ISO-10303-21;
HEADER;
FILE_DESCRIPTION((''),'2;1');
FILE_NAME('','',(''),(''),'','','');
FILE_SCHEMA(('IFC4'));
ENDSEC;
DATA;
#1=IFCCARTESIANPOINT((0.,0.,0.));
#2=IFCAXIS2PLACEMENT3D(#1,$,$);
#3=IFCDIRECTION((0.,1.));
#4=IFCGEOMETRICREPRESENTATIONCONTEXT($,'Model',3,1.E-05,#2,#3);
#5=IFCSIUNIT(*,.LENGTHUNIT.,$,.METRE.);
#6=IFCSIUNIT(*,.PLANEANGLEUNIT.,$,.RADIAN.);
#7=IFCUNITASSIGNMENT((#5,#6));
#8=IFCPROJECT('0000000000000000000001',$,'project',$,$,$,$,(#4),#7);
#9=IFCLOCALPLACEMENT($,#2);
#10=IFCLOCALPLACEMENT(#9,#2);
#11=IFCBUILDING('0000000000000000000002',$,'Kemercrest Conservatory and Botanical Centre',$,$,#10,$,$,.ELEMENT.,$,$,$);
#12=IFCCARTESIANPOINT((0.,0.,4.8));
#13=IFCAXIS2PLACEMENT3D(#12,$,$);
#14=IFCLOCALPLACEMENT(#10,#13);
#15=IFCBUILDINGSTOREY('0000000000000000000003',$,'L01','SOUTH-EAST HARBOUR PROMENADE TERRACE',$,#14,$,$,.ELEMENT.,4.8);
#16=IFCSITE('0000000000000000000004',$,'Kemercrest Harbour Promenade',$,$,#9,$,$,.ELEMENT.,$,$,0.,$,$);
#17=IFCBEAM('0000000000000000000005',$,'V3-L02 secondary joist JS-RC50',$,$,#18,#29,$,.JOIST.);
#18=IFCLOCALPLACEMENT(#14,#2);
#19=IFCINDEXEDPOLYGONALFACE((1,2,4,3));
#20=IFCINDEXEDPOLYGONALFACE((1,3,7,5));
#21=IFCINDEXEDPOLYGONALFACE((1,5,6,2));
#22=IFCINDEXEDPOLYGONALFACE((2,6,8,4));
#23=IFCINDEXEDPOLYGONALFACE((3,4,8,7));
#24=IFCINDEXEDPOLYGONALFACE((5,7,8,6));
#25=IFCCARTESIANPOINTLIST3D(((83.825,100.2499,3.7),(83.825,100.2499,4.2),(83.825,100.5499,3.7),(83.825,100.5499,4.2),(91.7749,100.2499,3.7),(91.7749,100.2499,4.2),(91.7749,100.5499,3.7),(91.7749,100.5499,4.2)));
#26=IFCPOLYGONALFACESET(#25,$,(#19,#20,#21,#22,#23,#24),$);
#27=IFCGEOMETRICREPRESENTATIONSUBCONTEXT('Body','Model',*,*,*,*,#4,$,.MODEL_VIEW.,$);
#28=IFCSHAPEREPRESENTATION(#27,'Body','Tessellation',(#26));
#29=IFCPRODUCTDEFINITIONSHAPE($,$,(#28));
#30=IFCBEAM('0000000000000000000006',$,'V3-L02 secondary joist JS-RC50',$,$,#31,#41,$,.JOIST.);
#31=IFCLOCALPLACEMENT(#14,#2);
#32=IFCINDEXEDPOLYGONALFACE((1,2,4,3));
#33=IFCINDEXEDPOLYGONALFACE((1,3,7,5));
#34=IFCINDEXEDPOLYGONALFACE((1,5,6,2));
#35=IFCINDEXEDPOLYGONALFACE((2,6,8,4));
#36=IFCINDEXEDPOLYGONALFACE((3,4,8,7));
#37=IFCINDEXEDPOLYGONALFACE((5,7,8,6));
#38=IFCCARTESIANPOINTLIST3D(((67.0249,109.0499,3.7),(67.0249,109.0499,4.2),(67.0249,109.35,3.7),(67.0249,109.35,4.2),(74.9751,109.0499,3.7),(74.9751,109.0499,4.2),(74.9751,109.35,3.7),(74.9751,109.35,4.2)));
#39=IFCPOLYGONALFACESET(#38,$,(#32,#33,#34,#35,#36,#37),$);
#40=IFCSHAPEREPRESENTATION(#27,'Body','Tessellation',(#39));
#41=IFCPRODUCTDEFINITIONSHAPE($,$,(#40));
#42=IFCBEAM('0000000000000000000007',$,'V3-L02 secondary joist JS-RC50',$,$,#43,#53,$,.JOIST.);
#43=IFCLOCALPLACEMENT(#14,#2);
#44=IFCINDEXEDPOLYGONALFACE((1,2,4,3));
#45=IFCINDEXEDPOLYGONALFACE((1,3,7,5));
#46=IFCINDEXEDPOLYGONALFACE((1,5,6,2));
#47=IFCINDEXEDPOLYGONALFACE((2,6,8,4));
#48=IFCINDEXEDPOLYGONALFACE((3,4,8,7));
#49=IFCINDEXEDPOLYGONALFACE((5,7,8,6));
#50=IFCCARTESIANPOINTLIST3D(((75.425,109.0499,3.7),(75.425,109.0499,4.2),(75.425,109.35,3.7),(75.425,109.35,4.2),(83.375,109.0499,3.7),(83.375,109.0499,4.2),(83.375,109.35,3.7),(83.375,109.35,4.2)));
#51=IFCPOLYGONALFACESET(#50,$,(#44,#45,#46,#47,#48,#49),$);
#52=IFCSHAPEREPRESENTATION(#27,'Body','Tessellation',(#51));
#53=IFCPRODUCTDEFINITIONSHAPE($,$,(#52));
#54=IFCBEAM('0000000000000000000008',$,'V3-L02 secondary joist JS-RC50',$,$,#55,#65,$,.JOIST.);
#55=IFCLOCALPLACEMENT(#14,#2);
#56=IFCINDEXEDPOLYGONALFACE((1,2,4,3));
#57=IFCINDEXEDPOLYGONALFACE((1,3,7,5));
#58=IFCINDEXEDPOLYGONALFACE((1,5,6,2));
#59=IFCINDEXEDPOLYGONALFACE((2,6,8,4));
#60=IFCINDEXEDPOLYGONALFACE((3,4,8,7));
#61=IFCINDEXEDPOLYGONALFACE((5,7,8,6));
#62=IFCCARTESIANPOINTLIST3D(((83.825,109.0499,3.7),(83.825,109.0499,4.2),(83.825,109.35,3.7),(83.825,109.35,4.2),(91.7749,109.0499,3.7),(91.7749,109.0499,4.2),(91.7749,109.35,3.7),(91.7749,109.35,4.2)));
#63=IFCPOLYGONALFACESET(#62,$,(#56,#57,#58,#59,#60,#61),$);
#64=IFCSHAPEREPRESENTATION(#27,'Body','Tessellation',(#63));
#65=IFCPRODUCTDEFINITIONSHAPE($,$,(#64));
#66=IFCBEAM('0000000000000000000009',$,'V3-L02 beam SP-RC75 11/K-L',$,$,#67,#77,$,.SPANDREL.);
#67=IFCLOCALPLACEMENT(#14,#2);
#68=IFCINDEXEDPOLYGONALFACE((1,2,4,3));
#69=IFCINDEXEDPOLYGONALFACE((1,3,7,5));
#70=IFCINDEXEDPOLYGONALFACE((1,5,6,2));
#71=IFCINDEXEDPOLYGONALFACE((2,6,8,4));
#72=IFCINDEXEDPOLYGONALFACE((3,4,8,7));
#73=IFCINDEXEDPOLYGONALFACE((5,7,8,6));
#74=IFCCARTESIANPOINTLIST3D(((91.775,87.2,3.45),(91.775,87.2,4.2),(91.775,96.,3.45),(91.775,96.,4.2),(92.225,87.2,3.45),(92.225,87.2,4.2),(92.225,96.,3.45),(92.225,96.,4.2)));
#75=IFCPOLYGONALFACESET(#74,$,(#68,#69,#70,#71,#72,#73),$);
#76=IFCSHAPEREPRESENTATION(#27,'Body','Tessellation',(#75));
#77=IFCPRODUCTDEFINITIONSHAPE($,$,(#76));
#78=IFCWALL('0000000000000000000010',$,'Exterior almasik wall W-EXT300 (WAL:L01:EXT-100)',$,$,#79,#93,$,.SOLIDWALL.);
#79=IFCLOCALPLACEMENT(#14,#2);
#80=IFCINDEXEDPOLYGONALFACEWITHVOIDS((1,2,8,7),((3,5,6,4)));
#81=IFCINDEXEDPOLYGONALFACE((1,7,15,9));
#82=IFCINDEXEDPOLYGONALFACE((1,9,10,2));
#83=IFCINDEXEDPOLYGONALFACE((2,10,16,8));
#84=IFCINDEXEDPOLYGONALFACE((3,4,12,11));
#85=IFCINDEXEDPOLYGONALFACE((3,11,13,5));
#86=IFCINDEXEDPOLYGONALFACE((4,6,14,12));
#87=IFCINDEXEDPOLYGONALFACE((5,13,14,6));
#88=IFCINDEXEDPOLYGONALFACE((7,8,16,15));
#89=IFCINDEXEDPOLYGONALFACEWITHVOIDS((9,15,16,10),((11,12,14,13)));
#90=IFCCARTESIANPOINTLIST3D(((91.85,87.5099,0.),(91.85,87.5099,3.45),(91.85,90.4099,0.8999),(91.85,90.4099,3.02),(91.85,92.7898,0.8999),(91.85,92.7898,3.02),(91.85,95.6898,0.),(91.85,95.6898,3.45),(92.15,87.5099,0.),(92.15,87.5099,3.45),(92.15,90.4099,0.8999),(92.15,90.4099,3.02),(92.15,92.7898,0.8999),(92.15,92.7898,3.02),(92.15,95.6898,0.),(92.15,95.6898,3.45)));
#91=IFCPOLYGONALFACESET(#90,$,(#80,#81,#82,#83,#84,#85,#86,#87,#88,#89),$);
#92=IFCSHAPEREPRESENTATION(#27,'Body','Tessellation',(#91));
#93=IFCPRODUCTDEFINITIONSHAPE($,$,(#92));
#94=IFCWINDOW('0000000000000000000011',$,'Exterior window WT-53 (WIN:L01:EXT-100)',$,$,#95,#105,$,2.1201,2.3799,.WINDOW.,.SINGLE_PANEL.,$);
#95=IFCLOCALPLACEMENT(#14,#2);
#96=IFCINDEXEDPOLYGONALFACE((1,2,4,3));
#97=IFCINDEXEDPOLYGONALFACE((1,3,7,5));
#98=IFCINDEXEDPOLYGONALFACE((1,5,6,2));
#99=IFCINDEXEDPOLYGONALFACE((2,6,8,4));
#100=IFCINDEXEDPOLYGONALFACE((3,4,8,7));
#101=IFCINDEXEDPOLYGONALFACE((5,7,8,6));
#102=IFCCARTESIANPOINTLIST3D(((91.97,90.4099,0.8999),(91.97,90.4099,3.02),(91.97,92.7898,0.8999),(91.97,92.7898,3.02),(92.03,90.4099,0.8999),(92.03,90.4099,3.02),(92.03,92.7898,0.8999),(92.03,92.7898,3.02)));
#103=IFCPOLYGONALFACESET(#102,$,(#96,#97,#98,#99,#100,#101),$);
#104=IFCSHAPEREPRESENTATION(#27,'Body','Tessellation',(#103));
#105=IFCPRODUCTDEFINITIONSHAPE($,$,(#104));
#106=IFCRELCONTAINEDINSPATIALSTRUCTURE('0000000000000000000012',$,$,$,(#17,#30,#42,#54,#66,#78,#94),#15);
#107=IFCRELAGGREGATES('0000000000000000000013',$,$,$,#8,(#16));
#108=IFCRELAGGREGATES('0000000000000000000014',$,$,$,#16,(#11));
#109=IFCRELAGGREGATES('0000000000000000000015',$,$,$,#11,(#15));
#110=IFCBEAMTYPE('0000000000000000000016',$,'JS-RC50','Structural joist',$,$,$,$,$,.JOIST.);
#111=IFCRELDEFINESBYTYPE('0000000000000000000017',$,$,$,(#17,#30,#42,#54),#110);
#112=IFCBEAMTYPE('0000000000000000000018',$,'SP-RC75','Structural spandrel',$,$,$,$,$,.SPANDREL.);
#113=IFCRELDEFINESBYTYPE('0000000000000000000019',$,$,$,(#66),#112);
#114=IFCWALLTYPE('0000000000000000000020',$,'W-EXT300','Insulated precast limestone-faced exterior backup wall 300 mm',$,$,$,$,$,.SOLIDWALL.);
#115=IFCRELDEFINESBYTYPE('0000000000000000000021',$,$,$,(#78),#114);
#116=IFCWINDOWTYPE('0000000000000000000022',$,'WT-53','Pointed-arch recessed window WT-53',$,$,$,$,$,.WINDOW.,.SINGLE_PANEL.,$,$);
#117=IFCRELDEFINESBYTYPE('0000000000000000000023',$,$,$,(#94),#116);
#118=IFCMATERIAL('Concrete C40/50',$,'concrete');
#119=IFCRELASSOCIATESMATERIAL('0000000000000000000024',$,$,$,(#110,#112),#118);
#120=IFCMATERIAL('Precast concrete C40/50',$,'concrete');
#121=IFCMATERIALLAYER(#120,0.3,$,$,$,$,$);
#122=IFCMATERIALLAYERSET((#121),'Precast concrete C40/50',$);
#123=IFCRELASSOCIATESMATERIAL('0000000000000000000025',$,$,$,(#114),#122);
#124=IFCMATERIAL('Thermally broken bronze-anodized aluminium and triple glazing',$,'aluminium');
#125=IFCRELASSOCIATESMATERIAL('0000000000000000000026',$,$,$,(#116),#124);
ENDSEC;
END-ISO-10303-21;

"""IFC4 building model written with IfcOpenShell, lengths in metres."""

from ifc_helpers import new_model, si_unit, direction, frame, frame_2d, origin, origin_2d, place, context, subcontext, project, spatial, rectangle, extrude, material, layer, layer_set, material_profile, profile_set, type_object, element, fill, save


model = new_model("IFC4")

# Units and contexts
model_context = context("Model", 3, precision=1e-05, world=origin(), true_north=direction((0.0, 1.0)))
body_context = subcontext(model_context, "Body", "Model", "MODEL_VIEW")
ifc_project = project(units=[si_unit("LENGTHUNIT", "METRE"), si_unit("PLANEANGLEUNIT", "RADIAN")], contexts=[model_context])

# Site, building, storey
site_placement = place(None, origin())
site = spatial("IfcSite", under=ifc_project, at=site_placement, Name="Kemercrest Harbour Promenade", CompositionType="ELEMENT", RefElevation=0.0)
building_placement = place(site_placement, origin())
building = spatial("IfcBuilding", under=site, at=building_placement, Name="Kemercrest Conservatory and Botanical Centre", CompositionType="ELEMENT")
storey_placement = place(building_placement, frame((0.0, 0.0, 4.8)))
storey = spatial("IfcBuildingStorey", under=building, at=storey_placement, Name="L01", Description="SOUTH-EAST HARBOUR PROMENADE TERRACE", CompositionType="ELEMENT", Elevation=4.8)

# Shared definitions
ifc_material_1 = material(Name="Concrete C40/50", Category="concrete")

# Beams
ifc_material_profile_1 = material_profile(ifc_material_1, rectangle(XDim=0.3, YDim=0.5, at=origin_2d()), Name="RC 300x500")
ifc_profile_set_1 = profile_set([ifc_material_profile_1], Name="Concrete C40/50")
beam_type_1 = type_object("IfcBeamType", Name="JS-RC50", Description="Structural joist", PredefinedType="JOIST", material=ifc_profile_set_1)
for number, where, z_axis, x_axis, name in (
    (1, (83.825, 100.3999, 3.95), (1.0, 0.0, 0.0), (0.0, 1.0, 0.0), "V3-L02 secondary joist JS-RC50"),
):
    element("IfcBeam", number, at=place(storey_placement, frame(where, z_axis=z_axis, x_axis=x_axis)), inside=storey, type_object=beam_type_1, Name=name, PredefinedType="JOIST", context=body_context, shape_type="SweptSolid", body=[
        extrude(rectangle(XDim=0.3, YDim=0.5, at=origin_2d()), origin(), (0.0, 0.0, 1.0), 7.95),
    ])
beam_1_placement = place(storey_placement, frame((67.0249, 109.2, 3.95), z_axis=(1.0, 0.0, 0.0), x_axis=(0.0, 1.0, 0.0)))
element("IfcBeam", 2, at=beam_1_placement, inside=storey, type_object=beam_type_1, Name="V3-L02 secondary joist JS-RC50", PredefinedType="JOIST", context=body_context, shape_type="SweptSolid", body=[
    extrude(rectangle(XDim=0.3, YDim=0.5, at=origin_2d()), origin(), (0.0, 0.0, 1.0), 7.9502),
])
for number, where, z_axis, x_axis, name in (
    (3, (75.425, 109.2, 3.95), (1.0, 0.0, 0.0), (0.0, 1.0, 0.0), "V3-L02 secondary joist JS-RC50"),
    (4, (83.825, 109.2, 3.95), (1.0, 0.0, 0.0), (0.0, 1.0, 0.0), "V3-L02 secondary joist JS-RC50"),
):
    element("IfcBeam", number, at=place(storey_placement, frame(where, z_axis=z_axis, x_axis=x_axis)), inside=storey, type_object=beam_type_1, Name=name, PredefinedType="JOIST", context=body_context, shape_type="SweptSolid", body=[
        extrude(rectangle(XDim=0.3, YDim=0.5, at=origin_2d()), origin(), (0.0, 0.0, 1.0), 7.95),
    ])
ifc_material_profile_2 = material_profile(ifc_material_1, rectangle(XDim=0.45, YDim=0.75, at=origin_2d()), Name="RC 450x750")
ifc_profile_set_2 = profile_set([ifc_material_profile_2], Name="Concrete C40/50")
beam_type_2 = type_object("IfcBeamType", Name="SP-RC75", Description="Structural spandrel", PredefinedType="SPANDREL", material=ifc_profile_set_2)
beam_2_placement = place(storey_placement, frame((92.0, 87.2, 3.825), z_axis=(0.0, 1.0, 0.0), x_axis=(-1.0, 0.0, 0.0)))
element("IfcBeam", 5, at=beam_2_placement, inside=storey, type_object=beam_type_2, Name="V3-L02 beam SP-RC75 11/K-L", PredefinedType="SPANDREL", context=body_context, shape_type="SweptSolid", body=[
    extrude(rectangle(XDim=0.45, YDim=0.75, at=origin_2d()), origin(), (0.0, 0.0, 1.0), 8.8),
])

# Wall, opening, window
ifc_material_2 = material(Name="Precast concrete C40/50", Category="concrete")
ifc_layer = layer(ifc_material_2, 0.3)
ifc_layer_set = layer_set([ifc_layer], Name="Precast concrete C40/50")
wall_type = type_object("IfcWallType", Name="W-EXT300", Description="Insulated precast limestone-faced exterior backup wall 300 mm", PredefinedType="SOLIDWALL", material=ifc_layer_set)
wall_placement = place(storey_placement, frame((92.0, 87.51, 0.0), z_axis=(0.0, 0.0, 1.0), x_axis=(0.0, 1.0, 0.0)))
wall = element("IfcWall", 6, at=wall_placement, inside=storey, type_object=wall_type, Name="Exterior almasik wall W-EXT300 (WAL:L01:EXT-100)", PredefinedType="SOLIDWALL", context=body_context, shape_type="SweptSolid", body=[
    extrude(rectangle(XDim=8.1799, YDim=0.3, at=frame_2d((4.0898, 0.0))), origin(), (0.0, 0.0, 1.0), 3.45),
])
opening_placement = place(wall_placement, frame((2.8999, 0.0, 0.8999)))
opening = element("IfcOpeningElement", 7, at=opening_placement, cuts=wall, PredefinedType="OPENING", context=body_context, shape_type="SweptSolid", body=[
    extrude(rectangle(XDim=2.3799, YDim=2.1201, at=frame_2d((1.1899, 1.0601))), frame((0.0, 0.1602, 0.0), z_axis=(0.0, -1.0, 0.0), x_axis=(1.0, 0.0, 0.0)), (0.0, 0.0, 1.0), 0.3201),
])
ifc_material_3 = material(Name="Thermally broken bronze-anodized aluminium and triple glazing", Category="aluminium")
window_type = type_object("IfcWindowType", Name="WT-53", Description="Pointed-arch recessed window WT-53", PartitioningType="SINGLE_PANEL", PredefinedType="WINDOW", material=ifc_material_3)
window_placement = place(opening_placement, origin())
window = element("IfcWindow", 8, at=window_placement, inside=storey, type_object=window_type, Name="Exterior window WT-53 (WIN:L01:EXT-100)", OverallHeight=2.1201, OverallWidth=2.3799, PartitioningType="SINGLE_PANEL", PredefinedType="WINDOW", context=body_context, shape_type="SweptSolid", body=[
    extrude(rectangle(XDim=2.3799, YDim=2.1201, at=frame_2d((1.1899, 1.0601))), frame((0.0, 0.03, 0.0), z_axis=(0.0, -1.0, 0.0), x_axis=(1.0, 0.0, 0.0)), (0.0, 0.0, 1.0), 0.0601),
])
fill(opening, window)

save(model, "model.ifc")
